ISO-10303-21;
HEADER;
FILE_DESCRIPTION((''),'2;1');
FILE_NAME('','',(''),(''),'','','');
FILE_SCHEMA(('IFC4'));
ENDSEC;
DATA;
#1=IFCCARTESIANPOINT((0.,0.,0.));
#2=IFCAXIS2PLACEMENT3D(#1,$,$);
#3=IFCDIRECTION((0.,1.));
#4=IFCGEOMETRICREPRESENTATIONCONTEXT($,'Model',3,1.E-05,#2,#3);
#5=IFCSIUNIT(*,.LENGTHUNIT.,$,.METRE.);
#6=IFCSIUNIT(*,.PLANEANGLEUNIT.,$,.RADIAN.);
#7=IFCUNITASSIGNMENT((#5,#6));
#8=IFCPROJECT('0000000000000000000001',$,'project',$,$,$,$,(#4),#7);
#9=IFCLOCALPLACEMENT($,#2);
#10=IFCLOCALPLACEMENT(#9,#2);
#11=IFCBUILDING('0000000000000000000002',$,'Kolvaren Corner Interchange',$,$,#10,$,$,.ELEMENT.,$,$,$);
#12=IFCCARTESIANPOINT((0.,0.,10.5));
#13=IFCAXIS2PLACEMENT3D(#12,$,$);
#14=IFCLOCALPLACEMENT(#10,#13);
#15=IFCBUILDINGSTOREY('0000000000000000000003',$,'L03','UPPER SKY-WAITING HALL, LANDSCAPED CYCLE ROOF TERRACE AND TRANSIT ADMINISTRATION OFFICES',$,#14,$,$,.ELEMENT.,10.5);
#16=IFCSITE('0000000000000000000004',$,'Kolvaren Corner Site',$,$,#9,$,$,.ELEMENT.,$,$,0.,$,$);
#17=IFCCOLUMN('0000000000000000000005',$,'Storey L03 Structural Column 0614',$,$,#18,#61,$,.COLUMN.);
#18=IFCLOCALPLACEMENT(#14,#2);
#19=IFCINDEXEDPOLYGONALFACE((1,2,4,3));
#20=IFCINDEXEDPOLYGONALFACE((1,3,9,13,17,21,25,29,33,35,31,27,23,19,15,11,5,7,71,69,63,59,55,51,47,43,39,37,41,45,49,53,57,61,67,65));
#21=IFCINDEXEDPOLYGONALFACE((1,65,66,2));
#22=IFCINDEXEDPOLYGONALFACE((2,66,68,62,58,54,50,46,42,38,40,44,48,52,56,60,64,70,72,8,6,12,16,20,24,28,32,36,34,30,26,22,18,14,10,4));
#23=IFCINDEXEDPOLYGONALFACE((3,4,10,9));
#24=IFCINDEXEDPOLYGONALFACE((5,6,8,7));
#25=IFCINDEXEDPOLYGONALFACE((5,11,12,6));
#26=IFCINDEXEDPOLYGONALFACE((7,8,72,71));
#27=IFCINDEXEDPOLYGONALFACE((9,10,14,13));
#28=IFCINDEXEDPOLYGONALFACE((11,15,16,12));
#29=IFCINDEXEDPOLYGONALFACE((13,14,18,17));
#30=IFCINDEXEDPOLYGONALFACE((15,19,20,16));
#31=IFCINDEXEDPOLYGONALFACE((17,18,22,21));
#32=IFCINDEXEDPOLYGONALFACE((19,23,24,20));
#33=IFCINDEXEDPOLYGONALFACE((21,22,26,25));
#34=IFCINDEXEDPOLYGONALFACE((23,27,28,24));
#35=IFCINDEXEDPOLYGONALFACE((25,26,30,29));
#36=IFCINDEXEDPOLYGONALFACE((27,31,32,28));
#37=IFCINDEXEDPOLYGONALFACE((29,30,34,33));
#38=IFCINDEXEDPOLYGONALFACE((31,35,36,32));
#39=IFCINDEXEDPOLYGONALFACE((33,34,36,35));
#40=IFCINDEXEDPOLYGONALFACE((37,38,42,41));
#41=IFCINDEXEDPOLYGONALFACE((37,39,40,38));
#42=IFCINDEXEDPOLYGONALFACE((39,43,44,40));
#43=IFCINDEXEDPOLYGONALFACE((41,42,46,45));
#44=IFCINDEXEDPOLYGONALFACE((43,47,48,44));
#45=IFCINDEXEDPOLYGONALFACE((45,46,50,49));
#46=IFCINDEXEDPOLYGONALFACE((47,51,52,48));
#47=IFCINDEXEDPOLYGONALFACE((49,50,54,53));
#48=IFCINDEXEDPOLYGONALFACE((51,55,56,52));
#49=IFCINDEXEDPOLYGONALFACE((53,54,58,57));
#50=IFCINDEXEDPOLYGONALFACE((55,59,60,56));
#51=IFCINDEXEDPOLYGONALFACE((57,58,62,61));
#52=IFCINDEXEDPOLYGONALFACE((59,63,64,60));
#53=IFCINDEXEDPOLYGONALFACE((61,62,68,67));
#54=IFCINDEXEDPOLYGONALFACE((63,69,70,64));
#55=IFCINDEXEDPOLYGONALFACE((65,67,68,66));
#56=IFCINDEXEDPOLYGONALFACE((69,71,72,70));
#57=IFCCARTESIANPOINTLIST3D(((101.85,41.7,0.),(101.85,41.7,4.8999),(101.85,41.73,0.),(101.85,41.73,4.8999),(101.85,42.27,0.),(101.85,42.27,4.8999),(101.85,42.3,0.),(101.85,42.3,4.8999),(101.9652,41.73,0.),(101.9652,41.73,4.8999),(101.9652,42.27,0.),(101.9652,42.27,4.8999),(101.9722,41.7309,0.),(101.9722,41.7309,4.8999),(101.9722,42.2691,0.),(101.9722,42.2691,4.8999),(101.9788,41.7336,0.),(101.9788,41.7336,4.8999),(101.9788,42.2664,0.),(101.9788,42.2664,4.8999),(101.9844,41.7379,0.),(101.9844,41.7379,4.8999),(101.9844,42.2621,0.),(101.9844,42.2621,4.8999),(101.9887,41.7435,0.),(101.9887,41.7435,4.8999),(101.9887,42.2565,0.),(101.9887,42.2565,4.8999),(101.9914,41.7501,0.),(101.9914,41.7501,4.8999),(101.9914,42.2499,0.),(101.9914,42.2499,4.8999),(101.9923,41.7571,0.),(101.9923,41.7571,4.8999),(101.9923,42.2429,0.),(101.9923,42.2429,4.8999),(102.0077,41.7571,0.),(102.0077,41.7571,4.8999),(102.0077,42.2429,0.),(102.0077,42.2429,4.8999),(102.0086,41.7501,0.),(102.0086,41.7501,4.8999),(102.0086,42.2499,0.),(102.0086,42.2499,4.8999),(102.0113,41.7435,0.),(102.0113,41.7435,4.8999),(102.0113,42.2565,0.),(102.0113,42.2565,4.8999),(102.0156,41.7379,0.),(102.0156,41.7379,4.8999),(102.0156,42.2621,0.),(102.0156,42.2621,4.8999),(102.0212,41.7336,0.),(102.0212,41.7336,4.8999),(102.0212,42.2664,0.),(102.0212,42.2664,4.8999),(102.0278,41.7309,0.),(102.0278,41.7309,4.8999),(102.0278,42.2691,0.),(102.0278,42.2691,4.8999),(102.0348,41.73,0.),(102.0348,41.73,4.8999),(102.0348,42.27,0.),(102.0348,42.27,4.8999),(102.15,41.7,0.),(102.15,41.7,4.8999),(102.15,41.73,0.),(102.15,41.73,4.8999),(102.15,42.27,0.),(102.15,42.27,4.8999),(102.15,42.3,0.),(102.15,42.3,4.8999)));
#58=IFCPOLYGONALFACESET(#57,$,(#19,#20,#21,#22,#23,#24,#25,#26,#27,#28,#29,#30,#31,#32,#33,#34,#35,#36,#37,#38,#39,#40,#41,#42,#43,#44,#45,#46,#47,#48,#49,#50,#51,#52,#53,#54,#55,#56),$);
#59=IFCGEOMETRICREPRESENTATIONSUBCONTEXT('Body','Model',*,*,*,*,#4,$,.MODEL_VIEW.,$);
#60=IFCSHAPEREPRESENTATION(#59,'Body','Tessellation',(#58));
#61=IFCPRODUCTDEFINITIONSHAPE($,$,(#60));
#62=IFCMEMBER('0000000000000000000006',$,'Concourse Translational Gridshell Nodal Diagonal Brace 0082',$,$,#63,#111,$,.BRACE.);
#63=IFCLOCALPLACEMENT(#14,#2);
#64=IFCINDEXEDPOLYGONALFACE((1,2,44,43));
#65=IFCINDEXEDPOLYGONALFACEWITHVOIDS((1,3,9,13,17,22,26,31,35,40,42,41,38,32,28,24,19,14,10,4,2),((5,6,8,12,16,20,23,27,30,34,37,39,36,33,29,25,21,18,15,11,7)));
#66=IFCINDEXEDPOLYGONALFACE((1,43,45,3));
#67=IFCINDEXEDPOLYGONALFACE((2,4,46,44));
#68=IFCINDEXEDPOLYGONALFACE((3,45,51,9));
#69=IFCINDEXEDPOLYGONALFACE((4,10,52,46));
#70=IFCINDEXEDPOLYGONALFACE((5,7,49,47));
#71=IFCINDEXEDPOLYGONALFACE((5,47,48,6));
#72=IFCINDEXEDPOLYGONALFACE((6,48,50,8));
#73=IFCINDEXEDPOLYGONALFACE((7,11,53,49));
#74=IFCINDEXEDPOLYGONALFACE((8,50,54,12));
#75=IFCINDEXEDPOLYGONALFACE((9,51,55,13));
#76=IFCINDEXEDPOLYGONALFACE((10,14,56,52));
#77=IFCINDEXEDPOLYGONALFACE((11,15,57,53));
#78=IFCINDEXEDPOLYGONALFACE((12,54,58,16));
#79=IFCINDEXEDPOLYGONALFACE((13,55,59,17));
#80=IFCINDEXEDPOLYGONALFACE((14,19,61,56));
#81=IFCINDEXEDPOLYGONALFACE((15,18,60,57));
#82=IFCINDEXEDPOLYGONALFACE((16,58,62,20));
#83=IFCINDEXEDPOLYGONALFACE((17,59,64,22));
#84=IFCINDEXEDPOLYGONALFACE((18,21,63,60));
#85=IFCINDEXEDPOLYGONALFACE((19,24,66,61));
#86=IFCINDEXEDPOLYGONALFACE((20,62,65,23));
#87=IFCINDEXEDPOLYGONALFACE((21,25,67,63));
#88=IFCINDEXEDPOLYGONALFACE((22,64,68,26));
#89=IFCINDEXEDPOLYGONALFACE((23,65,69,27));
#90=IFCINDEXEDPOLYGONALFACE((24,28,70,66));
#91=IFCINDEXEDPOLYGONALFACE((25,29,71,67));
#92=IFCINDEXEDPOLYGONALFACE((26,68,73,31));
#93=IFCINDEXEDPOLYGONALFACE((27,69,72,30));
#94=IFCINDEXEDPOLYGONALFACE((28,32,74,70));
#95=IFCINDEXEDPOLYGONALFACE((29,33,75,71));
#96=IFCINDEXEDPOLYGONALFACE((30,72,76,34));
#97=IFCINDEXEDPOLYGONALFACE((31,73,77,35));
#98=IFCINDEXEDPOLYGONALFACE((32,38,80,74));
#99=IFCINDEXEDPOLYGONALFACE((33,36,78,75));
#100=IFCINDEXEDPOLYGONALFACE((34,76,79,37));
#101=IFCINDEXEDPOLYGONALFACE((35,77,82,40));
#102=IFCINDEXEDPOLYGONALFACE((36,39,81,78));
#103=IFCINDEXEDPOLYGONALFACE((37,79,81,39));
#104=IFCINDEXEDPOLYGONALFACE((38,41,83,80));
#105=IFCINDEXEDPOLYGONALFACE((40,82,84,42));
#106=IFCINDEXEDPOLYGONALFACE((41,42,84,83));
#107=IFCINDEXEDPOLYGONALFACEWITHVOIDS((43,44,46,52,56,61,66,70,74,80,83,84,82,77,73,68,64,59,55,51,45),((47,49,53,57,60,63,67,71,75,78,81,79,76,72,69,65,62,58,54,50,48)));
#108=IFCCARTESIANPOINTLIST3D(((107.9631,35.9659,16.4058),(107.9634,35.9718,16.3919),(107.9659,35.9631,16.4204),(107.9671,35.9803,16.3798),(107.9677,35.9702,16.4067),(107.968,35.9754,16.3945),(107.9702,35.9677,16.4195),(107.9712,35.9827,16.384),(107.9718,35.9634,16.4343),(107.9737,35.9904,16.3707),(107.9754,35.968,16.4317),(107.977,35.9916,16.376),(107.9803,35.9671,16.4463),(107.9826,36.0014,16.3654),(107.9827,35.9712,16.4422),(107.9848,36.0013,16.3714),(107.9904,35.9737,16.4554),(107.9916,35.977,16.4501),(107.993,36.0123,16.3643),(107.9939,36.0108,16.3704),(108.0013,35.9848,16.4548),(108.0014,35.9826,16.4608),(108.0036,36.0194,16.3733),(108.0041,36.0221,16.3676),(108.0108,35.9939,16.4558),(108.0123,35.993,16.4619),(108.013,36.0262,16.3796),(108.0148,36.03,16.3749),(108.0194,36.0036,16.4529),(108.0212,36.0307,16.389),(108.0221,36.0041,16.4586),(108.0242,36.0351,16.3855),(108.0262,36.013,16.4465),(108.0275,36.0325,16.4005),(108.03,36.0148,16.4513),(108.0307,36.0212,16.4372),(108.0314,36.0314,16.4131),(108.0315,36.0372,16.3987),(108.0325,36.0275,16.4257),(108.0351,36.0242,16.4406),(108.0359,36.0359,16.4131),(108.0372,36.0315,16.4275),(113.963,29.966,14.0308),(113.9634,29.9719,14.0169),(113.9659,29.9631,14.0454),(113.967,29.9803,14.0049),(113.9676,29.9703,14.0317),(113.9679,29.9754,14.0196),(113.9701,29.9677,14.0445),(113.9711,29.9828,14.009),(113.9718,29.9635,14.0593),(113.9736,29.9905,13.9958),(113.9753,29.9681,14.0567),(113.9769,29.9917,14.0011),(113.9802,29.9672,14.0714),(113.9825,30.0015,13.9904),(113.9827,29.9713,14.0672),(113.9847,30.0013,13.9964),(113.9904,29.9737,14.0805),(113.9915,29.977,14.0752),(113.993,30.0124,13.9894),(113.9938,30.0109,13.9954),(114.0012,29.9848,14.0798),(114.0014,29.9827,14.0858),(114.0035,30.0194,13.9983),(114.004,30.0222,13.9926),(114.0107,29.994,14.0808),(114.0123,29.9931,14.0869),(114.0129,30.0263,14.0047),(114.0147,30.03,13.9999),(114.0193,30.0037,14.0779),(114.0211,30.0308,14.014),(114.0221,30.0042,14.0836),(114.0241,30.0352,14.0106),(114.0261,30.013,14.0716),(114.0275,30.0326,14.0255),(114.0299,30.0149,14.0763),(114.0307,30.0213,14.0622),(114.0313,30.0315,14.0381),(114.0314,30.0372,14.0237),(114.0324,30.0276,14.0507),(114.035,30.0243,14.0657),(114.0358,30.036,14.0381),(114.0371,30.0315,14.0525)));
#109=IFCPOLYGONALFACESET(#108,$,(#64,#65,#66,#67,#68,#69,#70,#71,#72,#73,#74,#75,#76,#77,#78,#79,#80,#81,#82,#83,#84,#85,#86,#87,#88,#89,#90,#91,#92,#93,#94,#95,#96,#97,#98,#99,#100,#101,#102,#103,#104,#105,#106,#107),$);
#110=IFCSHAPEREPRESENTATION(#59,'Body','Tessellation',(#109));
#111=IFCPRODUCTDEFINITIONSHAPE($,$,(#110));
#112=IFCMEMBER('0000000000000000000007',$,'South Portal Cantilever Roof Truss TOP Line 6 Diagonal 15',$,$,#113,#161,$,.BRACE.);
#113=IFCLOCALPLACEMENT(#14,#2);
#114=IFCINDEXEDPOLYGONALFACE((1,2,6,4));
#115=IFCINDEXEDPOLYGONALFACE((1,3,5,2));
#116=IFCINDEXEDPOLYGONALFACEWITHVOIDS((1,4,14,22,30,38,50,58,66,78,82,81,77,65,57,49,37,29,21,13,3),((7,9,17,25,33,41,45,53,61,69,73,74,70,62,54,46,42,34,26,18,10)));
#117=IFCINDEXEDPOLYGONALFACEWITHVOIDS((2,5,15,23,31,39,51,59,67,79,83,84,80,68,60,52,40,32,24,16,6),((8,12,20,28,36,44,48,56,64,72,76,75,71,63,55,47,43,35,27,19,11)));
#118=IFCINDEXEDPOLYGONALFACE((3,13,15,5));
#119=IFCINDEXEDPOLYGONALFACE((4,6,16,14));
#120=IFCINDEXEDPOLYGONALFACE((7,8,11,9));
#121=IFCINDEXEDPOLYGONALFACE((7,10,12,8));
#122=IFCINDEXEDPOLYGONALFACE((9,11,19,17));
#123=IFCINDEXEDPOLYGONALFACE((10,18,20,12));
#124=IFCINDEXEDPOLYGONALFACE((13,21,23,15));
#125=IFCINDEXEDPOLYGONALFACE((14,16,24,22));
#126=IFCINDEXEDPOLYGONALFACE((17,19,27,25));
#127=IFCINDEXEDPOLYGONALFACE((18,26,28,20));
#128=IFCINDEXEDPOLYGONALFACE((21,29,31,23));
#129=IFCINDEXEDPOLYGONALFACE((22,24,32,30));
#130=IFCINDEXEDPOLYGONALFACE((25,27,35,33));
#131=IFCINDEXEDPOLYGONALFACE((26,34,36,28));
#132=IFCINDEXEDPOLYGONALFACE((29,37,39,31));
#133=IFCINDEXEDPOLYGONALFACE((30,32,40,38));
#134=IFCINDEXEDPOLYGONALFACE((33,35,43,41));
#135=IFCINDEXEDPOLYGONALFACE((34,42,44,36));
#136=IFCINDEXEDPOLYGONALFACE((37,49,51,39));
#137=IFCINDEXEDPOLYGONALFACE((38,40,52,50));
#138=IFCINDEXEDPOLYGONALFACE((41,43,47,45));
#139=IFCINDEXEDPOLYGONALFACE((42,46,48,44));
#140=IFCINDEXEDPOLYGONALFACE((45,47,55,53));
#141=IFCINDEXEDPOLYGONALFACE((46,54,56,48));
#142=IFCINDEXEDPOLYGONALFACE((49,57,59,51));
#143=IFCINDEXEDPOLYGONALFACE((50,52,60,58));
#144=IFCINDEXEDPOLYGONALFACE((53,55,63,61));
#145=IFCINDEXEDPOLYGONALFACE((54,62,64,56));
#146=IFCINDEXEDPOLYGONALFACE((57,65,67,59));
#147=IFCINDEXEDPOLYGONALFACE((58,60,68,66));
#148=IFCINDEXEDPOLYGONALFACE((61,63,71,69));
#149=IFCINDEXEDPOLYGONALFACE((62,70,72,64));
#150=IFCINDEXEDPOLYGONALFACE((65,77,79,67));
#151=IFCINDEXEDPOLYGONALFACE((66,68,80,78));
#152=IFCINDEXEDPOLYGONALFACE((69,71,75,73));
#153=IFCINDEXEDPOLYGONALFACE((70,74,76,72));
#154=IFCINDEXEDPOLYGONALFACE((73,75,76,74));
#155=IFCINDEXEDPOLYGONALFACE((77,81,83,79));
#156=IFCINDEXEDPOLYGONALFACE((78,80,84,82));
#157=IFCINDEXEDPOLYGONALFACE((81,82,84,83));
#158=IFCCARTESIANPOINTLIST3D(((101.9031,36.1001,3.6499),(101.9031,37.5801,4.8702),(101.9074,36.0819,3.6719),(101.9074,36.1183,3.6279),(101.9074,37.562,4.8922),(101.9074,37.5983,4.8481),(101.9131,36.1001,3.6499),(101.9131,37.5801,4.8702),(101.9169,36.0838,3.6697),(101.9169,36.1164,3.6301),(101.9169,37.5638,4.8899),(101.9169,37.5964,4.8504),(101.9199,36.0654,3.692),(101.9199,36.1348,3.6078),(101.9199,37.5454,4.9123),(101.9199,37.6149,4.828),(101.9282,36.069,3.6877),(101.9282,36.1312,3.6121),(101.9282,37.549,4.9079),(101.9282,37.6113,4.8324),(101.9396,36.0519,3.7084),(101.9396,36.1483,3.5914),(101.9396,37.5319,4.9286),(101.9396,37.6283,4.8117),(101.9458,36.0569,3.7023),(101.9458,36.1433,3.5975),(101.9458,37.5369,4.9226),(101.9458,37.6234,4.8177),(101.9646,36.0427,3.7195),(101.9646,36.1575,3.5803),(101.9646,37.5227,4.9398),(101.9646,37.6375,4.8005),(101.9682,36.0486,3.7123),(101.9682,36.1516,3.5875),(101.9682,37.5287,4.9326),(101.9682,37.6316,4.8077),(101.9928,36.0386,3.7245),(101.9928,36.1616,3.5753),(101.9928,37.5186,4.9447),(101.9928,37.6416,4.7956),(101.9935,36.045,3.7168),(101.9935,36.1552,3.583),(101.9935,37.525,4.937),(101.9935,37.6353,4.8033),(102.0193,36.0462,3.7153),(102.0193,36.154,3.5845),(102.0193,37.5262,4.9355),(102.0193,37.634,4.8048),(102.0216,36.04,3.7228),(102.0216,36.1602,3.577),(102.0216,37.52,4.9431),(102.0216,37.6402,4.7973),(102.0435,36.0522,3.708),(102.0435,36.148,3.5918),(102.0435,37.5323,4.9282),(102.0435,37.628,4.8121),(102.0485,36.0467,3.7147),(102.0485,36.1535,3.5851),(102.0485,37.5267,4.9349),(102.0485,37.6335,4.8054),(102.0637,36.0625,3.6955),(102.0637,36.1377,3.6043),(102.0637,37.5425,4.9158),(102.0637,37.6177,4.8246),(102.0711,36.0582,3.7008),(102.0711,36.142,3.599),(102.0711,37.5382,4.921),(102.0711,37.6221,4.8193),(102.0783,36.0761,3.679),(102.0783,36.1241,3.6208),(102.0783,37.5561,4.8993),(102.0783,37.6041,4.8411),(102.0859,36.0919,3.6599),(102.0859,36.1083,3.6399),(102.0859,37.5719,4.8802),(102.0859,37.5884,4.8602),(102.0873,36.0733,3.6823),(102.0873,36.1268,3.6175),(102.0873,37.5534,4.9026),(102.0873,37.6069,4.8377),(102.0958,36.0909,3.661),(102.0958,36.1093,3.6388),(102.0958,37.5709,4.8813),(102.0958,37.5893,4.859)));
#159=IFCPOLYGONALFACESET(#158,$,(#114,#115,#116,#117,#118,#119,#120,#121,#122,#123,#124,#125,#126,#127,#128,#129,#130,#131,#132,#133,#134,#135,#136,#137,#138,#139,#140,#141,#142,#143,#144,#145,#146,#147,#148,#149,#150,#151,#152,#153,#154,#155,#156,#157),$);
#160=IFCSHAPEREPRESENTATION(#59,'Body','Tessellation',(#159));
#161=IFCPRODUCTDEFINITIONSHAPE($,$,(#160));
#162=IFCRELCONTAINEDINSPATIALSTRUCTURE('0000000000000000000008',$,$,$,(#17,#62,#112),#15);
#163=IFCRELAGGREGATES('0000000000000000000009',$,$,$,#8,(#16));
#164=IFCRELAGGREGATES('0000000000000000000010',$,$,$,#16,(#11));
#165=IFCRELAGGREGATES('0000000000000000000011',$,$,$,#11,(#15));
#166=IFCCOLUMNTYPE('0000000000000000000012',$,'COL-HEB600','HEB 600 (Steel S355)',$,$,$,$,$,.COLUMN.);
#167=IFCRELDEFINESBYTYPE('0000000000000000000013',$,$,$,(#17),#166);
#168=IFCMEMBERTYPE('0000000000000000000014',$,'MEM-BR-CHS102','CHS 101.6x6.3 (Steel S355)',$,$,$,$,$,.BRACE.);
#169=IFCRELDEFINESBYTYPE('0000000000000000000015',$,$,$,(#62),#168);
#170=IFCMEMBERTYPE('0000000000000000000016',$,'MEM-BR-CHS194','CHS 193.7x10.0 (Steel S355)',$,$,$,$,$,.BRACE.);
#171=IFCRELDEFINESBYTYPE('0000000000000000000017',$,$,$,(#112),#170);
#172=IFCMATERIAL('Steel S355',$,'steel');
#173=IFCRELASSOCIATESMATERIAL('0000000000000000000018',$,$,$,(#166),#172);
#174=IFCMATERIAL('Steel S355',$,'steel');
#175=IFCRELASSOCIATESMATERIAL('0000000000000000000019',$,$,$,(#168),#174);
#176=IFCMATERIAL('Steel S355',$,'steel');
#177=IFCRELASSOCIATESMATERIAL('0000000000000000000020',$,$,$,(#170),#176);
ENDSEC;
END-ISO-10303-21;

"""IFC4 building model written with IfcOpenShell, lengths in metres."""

from ifc_helpers import new_model, si_unit, direction, frame, origin, origin_2d, place, context, subcontext, project, spatial, hollow_circle, i_section, extrude, material, material_profile, profile_set, type_object, element, save


model = new_model("IFC4")

# Units and contexts
model_context = context("Model", 3, precision=1e-05, world=origin(), true_north=direction((0.0, 1.0)))
body_context = subcontext(model_context, "Body", "Model", "MODEL_VIEW")
ifc_project = project(units=[si_unit("LENGTHUNIT", "METRE"), si_unit("PLANEANGLEUNIT", "RADIAN")], contexts=[model_context])

# Site, building, storey
site_placement = place(None, origin())
site = spatial("IfcSite", under=ifc_project, at=site_placement, Name="Kolvaren Corner Site", CompositionType="ELEMENT", RefElevation=0.0)
building_placement = place(site_placement, origin())
building = spatial("IfcBuilding", under=site, at=building_placement, Name="Kolvaren Corner Interchange", CompositionType="ELEMENT")
storey_placement = place(building_placement, frame((0.0, 0.0, 10.5)))
storey = spatial("IfcBuildingStorey", under=building, at=storey_placement, Name="L03", Description="UPPER SKY-WAITING HALL, LANDSCAPED CYCLE ROOF TERRACE AND TRANSIT ADMINISTRATION OFFICES", CompositionType="ELEMENT", Elevation=10.5)

# Column
ifc_material_1 = material(Name="Steel S355", Category="steel")
ifc_material_profile_1 = material_profile(ifc_material_1, i_section(OverallWidth=0.3, OverallDepth=0.6001, WebThickness=0.0154, FlangeThickness=0.03, FilletRadius=0.0271, at=origin_2d()), Name="HEB 600")
ifc_profile_set_1 = profile_set([ifc_material_profile_1], Name="Steel S355")
column_type = type_object("IfcColumnType", Name="COL-HEB600", Description="HEB 600 (Steel S355)", PredefinedType="COLUMN", material=ifc_profile_set_1)
column_placement = place(storey_placement, frame((102.0, 42.0, 0.0), z_axis=(0.0, 0.0, 1.0), x_axis=(1.0, 0.0, 0.0)))
element("IfcColumn", 1, at=column_placement, inside=storey, type_object=column_type, Name="Storey L03 Structural Column 0614", PredefinedType="COLUMN", context=body_context, shape_type="SweptSolid", body=[
    extrude(i_section(OverallWidth=0.3, OverallDepth=0.6001, WebThickness=0.0154, FlangeThickness=0.03, FilletRadius=0.0271, at=origin_2d()), origin(), (0.0, 0.0, 1.0), 4.8999),
])

# Members
ifc_material_2 = material(Name="Steel S355", Category="steel")
ifc_material_profile_2 = material_profile(ifc_material_2, hollow_circle(Radius=0.0508, WallThickness=0.0063, at=origin_2d()), Name="CHS 101.6x6.3")
ifc_profile_set_2 = profile_set([ifc_material_profile_2], Name="Steel S355")
member_type_1 = type_object("IfcMemberType", Name="MEM-BR-CHS102", Description="CHS 101.6x6.3 (Steel S355)", PredefinedType="BRACE", material=ifc_profile_set_2)
member_1_placement = place(storey_placement, frame((108.0, 36.0, 16.4131), z_axis=(0.680937, -0.680937, -0.269537), x_axis=(0.707107, 0.707107, 0.0)))
element("IfcMember", 2, at=member_1_placement, inside=storey, type_object=member_type_1, Name="Concourse Translational Gridshell Nodal Diagonal Brace 0082", PredefinedType="BRACE", context=body_context, shape_type="SweptSolid", body=[
    extrude(hollow_circle(Radius=0.0508, WallThickness=0.0063, at=origin_2d()), origin(), (0.0, 0.0, 1.0), 8.8113),
])
ifc_material_3 = material(Name="Steel S355", Category="steel")
ifc_material_profile_3 = material_profile(ifc_material_3, hollow_circle(Radius=0.0969, WallThickness=0.01, at=origin_2d()), Name="CHS 193.7x10.0")
ifc_profile_set_3 = profile_set([ifc_material_profile_3], Name="Steel S355")
member_type_2 = type_object("IfcMemberType", Name="MEM-BR-CHS194", Description="CHS 193.7x10.0 (Steel S355)", PredefinedType="BRACE", material=ifc_profile_set_3)
for number, where, z_axis, x_axis, name in (
    (3, (102.0, 36.1001, 3.6499), (0.0, 0.77157, 0.636144), (-1.0, 0.0, 0.0), "South Portal Cantilever Roof Truss TOP Line 6 Diagonal 15"),
):
    element("IfcMember", number, at=place(storey_placement, frame(where, z_axis=z_axis, x_axis=x_axis)), inside=storey, type_object=member_type_2, Name=name, PredefinedType="BRACE", context=body_context, shape_type="SweptSolid", body=[
        extrude(hollow_circle(Radius=0.0969, WallThickness=0.01, at=origin_2d()), origin(), (0.0, 0.0, 1.0), 1.9182),
    ])

save(model, "model.ifc")
